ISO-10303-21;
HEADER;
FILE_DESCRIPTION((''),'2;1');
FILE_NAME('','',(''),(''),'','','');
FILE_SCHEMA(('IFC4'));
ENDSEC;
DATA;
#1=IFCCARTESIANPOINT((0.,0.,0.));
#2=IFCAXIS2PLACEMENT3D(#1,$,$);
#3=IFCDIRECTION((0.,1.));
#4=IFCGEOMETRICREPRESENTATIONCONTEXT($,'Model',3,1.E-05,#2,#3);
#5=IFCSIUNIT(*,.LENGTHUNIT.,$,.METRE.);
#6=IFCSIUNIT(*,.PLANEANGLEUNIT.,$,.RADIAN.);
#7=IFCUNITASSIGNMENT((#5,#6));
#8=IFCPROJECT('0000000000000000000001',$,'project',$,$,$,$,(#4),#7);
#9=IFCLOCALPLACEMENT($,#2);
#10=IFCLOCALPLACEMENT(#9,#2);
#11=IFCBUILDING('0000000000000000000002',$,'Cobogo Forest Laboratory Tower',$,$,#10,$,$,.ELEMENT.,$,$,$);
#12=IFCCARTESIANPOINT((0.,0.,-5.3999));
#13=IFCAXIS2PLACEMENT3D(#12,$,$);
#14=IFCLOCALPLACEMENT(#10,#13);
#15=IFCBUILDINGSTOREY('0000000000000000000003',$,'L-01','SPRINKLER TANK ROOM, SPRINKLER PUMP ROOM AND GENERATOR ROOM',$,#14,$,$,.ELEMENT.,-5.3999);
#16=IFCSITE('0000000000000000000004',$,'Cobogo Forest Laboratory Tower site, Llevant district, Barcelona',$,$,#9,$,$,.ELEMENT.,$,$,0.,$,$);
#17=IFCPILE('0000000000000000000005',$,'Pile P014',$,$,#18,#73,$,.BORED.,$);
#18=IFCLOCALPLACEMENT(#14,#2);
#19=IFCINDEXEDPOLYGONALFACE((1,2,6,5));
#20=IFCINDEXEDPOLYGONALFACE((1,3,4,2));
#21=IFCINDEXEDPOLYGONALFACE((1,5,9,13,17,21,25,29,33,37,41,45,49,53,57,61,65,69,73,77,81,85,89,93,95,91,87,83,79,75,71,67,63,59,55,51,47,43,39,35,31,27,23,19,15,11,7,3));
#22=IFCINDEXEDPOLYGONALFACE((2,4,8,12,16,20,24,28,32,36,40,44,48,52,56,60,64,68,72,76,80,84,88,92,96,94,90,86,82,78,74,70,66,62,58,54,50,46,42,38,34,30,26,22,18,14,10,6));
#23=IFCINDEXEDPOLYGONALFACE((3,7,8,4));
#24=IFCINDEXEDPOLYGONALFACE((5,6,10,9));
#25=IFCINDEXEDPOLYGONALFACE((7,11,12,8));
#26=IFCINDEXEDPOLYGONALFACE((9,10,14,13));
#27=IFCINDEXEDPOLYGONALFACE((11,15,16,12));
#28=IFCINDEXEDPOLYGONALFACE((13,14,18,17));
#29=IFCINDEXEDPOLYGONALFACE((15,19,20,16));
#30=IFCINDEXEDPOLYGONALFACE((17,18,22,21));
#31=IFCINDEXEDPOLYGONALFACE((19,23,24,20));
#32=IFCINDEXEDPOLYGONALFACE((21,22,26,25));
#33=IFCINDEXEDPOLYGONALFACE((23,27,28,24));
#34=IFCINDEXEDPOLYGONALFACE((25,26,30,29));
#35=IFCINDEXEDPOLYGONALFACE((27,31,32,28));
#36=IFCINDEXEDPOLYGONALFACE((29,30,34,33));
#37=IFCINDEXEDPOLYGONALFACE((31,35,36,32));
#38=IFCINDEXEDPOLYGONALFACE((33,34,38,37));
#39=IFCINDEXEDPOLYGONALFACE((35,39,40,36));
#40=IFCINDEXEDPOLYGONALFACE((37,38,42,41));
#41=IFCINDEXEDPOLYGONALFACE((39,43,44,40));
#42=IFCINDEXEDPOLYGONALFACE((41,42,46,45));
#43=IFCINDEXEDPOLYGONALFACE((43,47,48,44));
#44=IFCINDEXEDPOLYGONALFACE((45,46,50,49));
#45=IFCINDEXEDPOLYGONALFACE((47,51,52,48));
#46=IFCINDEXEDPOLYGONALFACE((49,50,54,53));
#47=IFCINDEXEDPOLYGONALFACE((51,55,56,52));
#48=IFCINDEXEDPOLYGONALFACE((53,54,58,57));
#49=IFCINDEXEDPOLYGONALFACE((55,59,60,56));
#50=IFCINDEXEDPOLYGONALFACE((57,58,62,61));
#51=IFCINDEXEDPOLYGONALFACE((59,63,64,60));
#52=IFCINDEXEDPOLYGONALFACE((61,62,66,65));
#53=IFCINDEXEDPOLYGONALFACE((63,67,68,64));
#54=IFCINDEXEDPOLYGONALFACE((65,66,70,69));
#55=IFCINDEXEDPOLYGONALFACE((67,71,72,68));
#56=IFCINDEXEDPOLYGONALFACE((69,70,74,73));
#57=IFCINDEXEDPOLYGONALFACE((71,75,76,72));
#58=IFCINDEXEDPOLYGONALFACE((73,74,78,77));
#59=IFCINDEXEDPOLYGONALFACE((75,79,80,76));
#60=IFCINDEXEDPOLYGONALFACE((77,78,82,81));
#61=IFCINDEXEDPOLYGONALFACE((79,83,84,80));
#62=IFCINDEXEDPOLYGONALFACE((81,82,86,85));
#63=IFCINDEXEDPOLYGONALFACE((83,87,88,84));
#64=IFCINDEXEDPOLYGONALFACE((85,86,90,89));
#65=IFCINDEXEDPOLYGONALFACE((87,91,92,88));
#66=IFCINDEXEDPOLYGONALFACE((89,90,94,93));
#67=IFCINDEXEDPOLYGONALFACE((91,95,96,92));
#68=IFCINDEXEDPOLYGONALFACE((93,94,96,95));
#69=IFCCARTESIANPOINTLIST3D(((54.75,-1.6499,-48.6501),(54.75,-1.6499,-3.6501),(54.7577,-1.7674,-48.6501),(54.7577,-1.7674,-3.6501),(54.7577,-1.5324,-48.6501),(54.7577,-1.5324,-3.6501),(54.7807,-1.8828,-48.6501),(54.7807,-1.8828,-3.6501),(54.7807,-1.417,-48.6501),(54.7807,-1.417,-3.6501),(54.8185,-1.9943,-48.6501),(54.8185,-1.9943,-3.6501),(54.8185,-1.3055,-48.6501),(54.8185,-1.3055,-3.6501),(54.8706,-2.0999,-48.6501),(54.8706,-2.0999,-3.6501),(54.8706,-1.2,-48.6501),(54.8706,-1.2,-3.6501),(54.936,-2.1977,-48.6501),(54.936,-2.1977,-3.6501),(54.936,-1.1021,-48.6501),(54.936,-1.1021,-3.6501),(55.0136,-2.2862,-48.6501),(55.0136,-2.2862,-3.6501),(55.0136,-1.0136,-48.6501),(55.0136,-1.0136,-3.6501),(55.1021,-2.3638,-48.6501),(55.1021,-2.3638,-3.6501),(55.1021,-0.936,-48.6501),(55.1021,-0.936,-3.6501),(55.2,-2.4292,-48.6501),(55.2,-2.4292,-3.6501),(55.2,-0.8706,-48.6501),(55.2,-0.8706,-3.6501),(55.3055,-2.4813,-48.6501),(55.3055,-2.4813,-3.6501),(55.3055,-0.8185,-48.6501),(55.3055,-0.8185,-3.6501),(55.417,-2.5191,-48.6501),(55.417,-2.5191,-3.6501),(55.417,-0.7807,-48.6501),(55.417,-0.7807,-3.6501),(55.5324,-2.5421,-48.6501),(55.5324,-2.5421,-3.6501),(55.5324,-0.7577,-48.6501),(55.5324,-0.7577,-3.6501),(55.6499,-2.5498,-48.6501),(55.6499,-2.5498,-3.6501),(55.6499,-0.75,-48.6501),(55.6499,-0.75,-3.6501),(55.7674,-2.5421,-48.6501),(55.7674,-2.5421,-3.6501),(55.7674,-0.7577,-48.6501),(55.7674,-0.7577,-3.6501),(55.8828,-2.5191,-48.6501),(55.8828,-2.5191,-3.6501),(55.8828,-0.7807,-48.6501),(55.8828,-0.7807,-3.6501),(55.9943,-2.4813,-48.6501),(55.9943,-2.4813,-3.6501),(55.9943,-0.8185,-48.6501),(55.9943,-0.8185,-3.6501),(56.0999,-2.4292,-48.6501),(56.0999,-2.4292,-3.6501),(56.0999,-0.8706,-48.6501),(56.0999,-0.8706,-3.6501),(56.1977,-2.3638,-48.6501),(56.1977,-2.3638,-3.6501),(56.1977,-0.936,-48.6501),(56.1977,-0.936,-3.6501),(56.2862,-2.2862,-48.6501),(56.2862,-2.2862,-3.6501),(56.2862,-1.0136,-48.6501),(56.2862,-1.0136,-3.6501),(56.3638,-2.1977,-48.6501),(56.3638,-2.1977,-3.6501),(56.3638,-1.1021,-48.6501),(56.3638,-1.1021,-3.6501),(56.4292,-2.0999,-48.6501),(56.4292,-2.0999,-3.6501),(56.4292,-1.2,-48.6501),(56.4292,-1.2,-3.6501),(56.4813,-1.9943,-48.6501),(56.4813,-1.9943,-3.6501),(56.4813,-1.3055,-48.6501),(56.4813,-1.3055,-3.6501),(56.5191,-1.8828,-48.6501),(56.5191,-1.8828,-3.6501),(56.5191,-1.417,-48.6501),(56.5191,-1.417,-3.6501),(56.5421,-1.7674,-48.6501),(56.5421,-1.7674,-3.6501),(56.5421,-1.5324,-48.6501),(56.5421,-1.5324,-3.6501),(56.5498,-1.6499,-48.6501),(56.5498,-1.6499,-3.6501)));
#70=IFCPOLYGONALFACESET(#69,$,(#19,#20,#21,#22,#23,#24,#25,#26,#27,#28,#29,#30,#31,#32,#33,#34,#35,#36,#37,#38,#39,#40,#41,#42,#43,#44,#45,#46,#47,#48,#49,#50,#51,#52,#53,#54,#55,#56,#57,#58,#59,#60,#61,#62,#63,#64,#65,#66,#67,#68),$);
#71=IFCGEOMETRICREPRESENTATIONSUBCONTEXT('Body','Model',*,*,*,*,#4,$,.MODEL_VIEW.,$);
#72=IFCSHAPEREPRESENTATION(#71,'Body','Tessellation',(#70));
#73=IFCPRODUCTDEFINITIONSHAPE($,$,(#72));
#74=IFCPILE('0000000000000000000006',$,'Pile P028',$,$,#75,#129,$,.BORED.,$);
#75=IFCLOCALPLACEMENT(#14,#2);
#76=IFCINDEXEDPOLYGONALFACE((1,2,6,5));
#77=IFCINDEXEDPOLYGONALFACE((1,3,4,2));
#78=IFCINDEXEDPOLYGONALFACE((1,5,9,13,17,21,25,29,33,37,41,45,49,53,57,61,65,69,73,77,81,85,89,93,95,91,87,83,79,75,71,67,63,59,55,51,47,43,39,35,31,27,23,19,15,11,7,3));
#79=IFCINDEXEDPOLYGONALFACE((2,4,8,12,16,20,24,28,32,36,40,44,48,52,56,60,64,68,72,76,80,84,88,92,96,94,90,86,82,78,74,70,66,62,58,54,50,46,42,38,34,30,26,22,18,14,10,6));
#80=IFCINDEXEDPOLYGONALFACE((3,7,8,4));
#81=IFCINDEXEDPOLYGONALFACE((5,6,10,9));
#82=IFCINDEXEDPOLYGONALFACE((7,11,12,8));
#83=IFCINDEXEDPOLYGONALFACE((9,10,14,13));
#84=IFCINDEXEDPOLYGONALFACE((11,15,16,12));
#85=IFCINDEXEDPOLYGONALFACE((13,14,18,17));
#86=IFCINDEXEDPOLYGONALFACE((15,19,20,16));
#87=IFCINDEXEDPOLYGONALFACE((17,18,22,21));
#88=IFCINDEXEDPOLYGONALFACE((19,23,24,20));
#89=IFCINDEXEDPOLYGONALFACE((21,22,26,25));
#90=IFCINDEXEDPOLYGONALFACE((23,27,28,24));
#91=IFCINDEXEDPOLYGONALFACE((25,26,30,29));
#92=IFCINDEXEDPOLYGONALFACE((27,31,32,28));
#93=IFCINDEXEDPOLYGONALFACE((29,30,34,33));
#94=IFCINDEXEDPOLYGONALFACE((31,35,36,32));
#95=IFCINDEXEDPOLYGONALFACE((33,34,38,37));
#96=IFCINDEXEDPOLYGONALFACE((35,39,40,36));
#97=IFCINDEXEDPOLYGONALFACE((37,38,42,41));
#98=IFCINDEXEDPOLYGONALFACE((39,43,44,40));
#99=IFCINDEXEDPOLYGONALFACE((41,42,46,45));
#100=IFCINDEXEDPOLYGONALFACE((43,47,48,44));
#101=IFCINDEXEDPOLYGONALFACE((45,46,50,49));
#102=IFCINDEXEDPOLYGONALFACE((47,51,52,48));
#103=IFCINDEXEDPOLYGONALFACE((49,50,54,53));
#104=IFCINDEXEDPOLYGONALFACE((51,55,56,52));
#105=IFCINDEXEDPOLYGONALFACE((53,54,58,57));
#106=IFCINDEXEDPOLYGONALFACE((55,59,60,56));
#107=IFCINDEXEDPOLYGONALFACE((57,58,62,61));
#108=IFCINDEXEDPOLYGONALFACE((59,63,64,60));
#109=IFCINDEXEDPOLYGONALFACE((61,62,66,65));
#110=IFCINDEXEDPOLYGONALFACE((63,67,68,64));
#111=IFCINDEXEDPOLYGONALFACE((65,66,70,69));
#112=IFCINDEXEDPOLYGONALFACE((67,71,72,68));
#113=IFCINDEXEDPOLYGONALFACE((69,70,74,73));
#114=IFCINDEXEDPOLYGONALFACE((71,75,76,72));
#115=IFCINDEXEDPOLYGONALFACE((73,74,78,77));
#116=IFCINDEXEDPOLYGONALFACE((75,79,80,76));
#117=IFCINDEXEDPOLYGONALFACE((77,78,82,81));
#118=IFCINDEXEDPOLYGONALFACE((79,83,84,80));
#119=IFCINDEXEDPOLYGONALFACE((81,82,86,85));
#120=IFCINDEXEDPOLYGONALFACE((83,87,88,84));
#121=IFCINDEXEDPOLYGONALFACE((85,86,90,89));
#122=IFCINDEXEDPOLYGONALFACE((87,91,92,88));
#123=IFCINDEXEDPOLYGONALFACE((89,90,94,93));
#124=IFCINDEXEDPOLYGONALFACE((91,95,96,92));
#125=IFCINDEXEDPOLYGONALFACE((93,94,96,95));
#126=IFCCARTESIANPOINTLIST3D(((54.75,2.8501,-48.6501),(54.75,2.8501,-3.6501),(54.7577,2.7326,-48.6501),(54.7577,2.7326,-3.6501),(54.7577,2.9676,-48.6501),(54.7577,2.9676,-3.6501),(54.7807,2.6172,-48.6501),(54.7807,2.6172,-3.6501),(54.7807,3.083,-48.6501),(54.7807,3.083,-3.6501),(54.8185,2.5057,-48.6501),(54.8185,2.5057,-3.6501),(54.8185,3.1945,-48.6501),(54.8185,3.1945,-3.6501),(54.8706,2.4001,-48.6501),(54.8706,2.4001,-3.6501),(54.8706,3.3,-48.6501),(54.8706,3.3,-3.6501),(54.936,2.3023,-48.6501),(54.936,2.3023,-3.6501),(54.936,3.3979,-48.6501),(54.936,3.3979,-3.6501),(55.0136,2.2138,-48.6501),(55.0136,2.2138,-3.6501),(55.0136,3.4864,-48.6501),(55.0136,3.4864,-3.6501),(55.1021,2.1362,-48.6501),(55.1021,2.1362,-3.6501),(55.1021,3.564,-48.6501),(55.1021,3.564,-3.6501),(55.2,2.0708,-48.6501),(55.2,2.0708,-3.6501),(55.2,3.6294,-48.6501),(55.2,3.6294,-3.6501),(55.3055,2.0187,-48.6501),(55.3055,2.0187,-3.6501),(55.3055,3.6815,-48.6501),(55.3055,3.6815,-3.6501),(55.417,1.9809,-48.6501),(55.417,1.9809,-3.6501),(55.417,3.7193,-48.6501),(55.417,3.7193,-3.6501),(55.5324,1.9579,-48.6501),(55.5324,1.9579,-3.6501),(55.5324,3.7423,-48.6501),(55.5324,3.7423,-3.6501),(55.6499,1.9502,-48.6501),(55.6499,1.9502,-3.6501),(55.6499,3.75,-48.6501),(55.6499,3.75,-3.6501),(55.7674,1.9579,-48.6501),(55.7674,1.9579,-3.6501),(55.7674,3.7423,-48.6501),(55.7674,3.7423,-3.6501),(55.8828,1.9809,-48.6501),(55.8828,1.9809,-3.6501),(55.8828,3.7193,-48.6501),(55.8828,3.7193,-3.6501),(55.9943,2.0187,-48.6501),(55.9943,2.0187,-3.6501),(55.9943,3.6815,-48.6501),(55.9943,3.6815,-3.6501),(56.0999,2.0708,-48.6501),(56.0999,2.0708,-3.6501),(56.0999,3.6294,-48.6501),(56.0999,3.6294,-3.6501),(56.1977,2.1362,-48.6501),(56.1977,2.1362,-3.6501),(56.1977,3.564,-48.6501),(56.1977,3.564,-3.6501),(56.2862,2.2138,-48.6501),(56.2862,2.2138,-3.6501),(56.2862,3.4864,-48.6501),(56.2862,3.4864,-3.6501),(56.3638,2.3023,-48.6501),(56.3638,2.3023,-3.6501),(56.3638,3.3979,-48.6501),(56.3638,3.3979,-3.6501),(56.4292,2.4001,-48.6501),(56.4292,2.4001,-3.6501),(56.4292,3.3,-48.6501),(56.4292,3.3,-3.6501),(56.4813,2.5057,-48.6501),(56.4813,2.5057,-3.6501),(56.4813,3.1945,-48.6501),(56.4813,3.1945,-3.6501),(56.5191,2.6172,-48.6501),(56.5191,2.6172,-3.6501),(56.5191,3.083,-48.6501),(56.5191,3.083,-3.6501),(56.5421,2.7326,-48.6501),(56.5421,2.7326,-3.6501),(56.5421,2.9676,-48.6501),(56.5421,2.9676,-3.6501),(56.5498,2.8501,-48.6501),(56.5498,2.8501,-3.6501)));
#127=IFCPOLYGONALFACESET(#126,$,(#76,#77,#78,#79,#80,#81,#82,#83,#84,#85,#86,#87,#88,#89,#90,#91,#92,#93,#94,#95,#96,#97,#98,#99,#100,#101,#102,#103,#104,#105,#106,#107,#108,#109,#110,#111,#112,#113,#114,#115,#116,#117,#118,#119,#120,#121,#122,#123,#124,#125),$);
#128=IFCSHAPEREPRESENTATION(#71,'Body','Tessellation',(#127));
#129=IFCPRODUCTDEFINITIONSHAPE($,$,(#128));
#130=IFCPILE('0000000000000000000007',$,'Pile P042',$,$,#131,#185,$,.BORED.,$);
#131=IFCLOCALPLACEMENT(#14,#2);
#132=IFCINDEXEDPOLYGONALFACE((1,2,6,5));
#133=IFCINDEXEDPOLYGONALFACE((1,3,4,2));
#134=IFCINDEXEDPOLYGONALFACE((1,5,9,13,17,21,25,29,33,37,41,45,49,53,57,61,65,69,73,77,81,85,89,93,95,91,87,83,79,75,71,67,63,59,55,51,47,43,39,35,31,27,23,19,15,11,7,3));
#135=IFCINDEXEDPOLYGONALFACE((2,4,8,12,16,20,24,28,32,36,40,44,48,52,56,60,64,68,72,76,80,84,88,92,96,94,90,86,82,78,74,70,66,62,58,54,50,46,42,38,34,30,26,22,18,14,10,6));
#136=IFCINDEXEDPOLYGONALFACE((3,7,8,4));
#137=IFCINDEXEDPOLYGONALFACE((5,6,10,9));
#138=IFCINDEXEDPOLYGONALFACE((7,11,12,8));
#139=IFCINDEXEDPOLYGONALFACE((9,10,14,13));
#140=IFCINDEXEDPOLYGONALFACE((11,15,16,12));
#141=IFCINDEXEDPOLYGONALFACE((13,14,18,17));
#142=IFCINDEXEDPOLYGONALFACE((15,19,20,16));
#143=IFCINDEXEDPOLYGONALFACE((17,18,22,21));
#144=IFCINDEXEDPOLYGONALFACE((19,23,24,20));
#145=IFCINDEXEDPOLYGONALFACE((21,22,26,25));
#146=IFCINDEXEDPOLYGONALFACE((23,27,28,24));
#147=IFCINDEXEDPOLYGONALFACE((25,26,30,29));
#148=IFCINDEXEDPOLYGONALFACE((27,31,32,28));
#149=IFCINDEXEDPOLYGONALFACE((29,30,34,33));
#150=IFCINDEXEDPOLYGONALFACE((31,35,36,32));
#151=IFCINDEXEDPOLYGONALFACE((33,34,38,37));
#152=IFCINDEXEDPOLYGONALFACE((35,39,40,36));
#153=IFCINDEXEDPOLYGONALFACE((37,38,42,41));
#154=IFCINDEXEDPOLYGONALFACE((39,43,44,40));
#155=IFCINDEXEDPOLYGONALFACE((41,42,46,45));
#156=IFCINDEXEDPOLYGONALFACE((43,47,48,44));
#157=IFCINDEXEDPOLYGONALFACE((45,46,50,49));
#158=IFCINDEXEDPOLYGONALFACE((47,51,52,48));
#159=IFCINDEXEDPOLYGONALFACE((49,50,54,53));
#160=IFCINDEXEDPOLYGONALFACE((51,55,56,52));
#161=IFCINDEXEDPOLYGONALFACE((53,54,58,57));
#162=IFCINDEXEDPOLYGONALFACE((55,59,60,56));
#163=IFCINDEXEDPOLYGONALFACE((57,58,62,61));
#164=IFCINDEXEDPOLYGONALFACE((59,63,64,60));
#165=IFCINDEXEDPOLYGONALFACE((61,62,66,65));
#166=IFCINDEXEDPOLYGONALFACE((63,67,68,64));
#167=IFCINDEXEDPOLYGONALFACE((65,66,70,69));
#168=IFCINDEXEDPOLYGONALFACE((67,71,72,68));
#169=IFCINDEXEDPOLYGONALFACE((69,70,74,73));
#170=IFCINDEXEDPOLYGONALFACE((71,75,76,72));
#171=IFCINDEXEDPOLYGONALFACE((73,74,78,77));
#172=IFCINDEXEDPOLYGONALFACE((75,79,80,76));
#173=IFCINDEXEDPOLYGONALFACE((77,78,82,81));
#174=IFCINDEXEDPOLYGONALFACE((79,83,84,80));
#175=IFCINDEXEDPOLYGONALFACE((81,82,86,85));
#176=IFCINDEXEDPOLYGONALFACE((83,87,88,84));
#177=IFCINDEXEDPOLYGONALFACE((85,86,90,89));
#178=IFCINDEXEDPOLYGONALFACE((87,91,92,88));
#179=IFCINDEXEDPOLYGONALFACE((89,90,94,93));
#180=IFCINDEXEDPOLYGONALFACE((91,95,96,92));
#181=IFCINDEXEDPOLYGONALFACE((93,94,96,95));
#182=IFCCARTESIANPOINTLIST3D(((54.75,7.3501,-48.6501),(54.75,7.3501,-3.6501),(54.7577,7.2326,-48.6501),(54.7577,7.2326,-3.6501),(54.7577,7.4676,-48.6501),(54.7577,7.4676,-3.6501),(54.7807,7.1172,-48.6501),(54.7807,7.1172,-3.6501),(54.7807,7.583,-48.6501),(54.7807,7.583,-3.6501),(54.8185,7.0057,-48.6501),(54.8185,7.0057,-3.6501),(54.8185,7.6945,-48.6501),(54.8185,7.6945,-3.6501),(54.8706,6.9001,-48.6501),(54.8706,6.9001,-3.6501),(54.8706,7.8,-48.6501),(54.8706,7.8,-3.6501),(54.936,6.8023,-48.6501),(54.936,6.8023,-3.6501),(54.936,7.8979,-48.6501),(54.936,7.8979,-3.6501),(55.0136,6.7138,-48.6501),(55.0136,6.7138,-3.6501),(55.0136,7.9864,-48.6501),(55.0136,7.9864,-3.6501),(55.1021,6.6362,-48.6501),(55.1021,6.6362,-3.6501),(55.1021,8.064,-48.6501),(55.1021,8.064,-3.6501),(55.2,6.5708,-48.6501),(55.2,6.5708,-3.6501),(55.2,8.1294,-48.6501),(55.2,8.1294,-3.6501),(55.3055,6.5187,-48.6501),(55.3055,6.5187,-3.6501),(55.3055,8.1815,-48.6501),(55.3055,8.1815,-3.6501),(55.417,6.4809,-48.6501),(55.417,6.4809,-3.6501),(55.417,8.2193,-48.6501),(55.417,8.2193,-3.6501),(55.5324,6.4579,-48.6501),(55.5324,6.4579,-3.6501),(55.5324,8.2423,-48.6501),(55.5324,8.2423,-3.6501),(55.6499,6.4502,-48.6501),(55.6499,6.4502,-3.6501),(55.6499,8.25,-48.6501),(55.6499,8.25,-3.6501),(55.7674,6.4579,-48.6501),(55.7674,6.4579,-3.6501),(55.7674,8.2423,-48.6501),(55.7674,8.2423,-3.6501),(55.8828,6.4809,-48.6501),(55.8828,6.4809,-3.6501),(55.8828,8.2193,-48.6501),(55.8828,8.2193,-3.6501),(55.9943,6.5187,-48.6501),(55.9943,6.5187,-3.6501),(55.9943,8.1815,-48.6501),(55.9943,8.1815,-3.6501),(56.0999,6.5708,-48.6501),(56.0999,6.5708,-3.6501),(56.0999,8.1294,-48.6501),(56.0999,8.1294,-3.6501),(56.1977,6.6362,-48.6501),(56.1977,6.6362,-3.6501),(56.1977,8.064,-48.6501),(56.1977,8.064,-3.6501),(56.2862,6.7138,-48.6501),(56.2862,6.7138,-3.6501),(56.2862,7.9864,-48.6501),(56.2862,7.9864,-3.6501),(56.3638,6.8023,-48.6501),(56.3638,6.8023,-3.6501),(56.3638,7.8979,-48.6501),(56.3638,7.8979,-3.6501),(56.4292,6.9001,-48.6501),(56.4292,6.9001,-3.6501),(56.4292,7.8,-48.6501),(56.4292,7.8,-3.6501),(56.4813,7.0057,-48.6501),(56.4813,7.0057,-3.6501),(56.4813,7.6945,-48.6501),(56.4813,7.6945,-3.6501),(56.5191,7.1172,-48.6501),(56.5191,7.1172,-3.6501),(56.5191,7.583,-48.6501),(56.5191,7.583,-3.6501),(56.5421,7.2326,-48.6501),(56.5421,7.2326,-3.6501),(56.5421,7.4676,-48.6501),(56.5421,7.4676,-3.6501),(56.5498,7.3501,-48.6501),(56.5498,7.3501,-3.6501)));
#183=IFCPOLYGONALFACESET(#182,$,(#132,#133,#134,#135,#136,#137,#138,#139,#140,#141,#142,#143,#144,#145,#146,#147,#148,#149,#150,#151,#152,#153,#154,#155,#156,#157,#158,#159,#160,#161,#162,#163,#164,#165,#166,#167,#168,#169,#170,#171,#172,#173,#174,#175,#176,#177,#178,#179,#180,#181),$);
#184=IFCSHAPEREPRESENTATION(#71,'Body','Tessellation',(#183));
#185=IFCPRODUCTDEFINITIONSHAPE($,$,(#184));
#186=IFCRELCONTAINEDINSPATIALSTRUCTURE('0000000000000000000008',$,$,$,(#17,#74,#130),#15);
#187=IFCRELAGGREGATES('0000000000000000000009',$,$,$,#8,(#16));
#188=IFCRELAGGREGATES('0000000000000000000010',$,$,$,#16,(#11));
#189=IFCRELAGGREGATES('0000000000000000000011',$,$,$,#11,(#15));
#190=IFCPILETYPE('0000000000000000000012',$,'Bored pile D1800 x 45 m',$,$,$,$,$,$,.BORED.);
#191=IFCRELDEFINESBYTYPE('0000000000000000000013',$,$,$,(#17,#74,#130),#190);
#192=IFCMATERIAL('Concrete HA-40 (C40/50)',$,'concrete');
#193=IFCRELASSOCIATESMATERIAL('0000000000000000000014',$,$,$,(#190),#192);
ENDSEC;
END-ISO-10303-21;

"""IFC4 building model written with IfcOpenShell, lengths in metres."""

from ifc_helpers import new_model, si_unit, direction, frame, origin, origin_2d, place, context, subcontext, project, spatial, circle, extrude, material, material_profile, profile_set, type_object, element, save


model = new_model("IFC4")

# Units and contexts
model_context = context("Model", 3, precision=1e-05, world=origin(), true_north=direction((0.0, 1.0)))
body_context = subcontext(model_context, "Body", "Model", "MODEL_VIEW")
ifc_project = project(units=[si_unit("LENGTHUNIT", "METRE"), si_unit("PLANEANGLEUNIT", "RADIAN")], contexts=[model_context])

# Site, building, storey
site_placement = place(None, origin())
site = spatial("IfcSite", under=ifc_project, at=site_placement, Name="Cobogo Forest Laboratory Tower site, Llevant district, Barcelona", CompositionType="ELEMENT", RefElevation=0.0)
building_placement = place(site_placement, origin())
building = spatial("IfcBuilding", under=site, at=building_placement, Name="Cobogo Forest Laboratory Tower", CompositionType="ELEMENT")
storey_placement = place(building_placement, frame((0.0, 0.0, -5.3999)))
storey = spatial("IfcBuildingStorey", under=building, at=storey_placement, Name="L-01", Description="SPRINKLER TANK ROOM, SPRINKLER PUMP ROOM AND GENERATOR ROOM", CompositionType="ELEMENT", Elevation=-5.3999)

# Piles
ifc_material_1 = material(Name="Concrete HA-40 (C40/50)", Category="concrete")
ifc_material_profile_1 = material_profile(ifc_material_1, circle(Radius=0.8999, at=origin_2d()), Name="PILE D1800")
ifc_profile_set_1 = profile_set([ifc_material_profile_1], Name="Concrete HA-40 (C40/50)")
pile_type_1 = type_object("IfcPileType", Name="Bored pile D1800 x 45 m", PredefinedType="BORED", material=ifc_profile_set_1)
for number, where, z_axis, x_axis, name in (
    (1, (55.6499, -1.6499, -3.6501), (0.0, 0.0, -1.0), (1.0, 0.0, 0.0), "Pile P014"),
    (2, (55.6499, 2.8501, -3.6501), (0.0, 0.0, -1.0), (1.0, 0.0, 0.0), "Pile P028"),
    (3, (55.6499, 7.3501, -3.6501), (0.0, 0.0, -1.0), (1.0, 0.0, 0.0), "Pile P042"),
):
    element("IfcPile", number, at=place(storey_placement, frame(where, z_axis=z_axis, x_axis=x_axis)), inside=storey, type_object=pile_type_1, Name=name, PredefinedType="BORED", context=body_context, shape_type="SweptSolid", body=[
        extrude(circle(Radius=0.8999, at=origin_2d()), origin(), (0.0, 0.0, 1.0), 45.0),
    ])

save(model, "model.ifc")
